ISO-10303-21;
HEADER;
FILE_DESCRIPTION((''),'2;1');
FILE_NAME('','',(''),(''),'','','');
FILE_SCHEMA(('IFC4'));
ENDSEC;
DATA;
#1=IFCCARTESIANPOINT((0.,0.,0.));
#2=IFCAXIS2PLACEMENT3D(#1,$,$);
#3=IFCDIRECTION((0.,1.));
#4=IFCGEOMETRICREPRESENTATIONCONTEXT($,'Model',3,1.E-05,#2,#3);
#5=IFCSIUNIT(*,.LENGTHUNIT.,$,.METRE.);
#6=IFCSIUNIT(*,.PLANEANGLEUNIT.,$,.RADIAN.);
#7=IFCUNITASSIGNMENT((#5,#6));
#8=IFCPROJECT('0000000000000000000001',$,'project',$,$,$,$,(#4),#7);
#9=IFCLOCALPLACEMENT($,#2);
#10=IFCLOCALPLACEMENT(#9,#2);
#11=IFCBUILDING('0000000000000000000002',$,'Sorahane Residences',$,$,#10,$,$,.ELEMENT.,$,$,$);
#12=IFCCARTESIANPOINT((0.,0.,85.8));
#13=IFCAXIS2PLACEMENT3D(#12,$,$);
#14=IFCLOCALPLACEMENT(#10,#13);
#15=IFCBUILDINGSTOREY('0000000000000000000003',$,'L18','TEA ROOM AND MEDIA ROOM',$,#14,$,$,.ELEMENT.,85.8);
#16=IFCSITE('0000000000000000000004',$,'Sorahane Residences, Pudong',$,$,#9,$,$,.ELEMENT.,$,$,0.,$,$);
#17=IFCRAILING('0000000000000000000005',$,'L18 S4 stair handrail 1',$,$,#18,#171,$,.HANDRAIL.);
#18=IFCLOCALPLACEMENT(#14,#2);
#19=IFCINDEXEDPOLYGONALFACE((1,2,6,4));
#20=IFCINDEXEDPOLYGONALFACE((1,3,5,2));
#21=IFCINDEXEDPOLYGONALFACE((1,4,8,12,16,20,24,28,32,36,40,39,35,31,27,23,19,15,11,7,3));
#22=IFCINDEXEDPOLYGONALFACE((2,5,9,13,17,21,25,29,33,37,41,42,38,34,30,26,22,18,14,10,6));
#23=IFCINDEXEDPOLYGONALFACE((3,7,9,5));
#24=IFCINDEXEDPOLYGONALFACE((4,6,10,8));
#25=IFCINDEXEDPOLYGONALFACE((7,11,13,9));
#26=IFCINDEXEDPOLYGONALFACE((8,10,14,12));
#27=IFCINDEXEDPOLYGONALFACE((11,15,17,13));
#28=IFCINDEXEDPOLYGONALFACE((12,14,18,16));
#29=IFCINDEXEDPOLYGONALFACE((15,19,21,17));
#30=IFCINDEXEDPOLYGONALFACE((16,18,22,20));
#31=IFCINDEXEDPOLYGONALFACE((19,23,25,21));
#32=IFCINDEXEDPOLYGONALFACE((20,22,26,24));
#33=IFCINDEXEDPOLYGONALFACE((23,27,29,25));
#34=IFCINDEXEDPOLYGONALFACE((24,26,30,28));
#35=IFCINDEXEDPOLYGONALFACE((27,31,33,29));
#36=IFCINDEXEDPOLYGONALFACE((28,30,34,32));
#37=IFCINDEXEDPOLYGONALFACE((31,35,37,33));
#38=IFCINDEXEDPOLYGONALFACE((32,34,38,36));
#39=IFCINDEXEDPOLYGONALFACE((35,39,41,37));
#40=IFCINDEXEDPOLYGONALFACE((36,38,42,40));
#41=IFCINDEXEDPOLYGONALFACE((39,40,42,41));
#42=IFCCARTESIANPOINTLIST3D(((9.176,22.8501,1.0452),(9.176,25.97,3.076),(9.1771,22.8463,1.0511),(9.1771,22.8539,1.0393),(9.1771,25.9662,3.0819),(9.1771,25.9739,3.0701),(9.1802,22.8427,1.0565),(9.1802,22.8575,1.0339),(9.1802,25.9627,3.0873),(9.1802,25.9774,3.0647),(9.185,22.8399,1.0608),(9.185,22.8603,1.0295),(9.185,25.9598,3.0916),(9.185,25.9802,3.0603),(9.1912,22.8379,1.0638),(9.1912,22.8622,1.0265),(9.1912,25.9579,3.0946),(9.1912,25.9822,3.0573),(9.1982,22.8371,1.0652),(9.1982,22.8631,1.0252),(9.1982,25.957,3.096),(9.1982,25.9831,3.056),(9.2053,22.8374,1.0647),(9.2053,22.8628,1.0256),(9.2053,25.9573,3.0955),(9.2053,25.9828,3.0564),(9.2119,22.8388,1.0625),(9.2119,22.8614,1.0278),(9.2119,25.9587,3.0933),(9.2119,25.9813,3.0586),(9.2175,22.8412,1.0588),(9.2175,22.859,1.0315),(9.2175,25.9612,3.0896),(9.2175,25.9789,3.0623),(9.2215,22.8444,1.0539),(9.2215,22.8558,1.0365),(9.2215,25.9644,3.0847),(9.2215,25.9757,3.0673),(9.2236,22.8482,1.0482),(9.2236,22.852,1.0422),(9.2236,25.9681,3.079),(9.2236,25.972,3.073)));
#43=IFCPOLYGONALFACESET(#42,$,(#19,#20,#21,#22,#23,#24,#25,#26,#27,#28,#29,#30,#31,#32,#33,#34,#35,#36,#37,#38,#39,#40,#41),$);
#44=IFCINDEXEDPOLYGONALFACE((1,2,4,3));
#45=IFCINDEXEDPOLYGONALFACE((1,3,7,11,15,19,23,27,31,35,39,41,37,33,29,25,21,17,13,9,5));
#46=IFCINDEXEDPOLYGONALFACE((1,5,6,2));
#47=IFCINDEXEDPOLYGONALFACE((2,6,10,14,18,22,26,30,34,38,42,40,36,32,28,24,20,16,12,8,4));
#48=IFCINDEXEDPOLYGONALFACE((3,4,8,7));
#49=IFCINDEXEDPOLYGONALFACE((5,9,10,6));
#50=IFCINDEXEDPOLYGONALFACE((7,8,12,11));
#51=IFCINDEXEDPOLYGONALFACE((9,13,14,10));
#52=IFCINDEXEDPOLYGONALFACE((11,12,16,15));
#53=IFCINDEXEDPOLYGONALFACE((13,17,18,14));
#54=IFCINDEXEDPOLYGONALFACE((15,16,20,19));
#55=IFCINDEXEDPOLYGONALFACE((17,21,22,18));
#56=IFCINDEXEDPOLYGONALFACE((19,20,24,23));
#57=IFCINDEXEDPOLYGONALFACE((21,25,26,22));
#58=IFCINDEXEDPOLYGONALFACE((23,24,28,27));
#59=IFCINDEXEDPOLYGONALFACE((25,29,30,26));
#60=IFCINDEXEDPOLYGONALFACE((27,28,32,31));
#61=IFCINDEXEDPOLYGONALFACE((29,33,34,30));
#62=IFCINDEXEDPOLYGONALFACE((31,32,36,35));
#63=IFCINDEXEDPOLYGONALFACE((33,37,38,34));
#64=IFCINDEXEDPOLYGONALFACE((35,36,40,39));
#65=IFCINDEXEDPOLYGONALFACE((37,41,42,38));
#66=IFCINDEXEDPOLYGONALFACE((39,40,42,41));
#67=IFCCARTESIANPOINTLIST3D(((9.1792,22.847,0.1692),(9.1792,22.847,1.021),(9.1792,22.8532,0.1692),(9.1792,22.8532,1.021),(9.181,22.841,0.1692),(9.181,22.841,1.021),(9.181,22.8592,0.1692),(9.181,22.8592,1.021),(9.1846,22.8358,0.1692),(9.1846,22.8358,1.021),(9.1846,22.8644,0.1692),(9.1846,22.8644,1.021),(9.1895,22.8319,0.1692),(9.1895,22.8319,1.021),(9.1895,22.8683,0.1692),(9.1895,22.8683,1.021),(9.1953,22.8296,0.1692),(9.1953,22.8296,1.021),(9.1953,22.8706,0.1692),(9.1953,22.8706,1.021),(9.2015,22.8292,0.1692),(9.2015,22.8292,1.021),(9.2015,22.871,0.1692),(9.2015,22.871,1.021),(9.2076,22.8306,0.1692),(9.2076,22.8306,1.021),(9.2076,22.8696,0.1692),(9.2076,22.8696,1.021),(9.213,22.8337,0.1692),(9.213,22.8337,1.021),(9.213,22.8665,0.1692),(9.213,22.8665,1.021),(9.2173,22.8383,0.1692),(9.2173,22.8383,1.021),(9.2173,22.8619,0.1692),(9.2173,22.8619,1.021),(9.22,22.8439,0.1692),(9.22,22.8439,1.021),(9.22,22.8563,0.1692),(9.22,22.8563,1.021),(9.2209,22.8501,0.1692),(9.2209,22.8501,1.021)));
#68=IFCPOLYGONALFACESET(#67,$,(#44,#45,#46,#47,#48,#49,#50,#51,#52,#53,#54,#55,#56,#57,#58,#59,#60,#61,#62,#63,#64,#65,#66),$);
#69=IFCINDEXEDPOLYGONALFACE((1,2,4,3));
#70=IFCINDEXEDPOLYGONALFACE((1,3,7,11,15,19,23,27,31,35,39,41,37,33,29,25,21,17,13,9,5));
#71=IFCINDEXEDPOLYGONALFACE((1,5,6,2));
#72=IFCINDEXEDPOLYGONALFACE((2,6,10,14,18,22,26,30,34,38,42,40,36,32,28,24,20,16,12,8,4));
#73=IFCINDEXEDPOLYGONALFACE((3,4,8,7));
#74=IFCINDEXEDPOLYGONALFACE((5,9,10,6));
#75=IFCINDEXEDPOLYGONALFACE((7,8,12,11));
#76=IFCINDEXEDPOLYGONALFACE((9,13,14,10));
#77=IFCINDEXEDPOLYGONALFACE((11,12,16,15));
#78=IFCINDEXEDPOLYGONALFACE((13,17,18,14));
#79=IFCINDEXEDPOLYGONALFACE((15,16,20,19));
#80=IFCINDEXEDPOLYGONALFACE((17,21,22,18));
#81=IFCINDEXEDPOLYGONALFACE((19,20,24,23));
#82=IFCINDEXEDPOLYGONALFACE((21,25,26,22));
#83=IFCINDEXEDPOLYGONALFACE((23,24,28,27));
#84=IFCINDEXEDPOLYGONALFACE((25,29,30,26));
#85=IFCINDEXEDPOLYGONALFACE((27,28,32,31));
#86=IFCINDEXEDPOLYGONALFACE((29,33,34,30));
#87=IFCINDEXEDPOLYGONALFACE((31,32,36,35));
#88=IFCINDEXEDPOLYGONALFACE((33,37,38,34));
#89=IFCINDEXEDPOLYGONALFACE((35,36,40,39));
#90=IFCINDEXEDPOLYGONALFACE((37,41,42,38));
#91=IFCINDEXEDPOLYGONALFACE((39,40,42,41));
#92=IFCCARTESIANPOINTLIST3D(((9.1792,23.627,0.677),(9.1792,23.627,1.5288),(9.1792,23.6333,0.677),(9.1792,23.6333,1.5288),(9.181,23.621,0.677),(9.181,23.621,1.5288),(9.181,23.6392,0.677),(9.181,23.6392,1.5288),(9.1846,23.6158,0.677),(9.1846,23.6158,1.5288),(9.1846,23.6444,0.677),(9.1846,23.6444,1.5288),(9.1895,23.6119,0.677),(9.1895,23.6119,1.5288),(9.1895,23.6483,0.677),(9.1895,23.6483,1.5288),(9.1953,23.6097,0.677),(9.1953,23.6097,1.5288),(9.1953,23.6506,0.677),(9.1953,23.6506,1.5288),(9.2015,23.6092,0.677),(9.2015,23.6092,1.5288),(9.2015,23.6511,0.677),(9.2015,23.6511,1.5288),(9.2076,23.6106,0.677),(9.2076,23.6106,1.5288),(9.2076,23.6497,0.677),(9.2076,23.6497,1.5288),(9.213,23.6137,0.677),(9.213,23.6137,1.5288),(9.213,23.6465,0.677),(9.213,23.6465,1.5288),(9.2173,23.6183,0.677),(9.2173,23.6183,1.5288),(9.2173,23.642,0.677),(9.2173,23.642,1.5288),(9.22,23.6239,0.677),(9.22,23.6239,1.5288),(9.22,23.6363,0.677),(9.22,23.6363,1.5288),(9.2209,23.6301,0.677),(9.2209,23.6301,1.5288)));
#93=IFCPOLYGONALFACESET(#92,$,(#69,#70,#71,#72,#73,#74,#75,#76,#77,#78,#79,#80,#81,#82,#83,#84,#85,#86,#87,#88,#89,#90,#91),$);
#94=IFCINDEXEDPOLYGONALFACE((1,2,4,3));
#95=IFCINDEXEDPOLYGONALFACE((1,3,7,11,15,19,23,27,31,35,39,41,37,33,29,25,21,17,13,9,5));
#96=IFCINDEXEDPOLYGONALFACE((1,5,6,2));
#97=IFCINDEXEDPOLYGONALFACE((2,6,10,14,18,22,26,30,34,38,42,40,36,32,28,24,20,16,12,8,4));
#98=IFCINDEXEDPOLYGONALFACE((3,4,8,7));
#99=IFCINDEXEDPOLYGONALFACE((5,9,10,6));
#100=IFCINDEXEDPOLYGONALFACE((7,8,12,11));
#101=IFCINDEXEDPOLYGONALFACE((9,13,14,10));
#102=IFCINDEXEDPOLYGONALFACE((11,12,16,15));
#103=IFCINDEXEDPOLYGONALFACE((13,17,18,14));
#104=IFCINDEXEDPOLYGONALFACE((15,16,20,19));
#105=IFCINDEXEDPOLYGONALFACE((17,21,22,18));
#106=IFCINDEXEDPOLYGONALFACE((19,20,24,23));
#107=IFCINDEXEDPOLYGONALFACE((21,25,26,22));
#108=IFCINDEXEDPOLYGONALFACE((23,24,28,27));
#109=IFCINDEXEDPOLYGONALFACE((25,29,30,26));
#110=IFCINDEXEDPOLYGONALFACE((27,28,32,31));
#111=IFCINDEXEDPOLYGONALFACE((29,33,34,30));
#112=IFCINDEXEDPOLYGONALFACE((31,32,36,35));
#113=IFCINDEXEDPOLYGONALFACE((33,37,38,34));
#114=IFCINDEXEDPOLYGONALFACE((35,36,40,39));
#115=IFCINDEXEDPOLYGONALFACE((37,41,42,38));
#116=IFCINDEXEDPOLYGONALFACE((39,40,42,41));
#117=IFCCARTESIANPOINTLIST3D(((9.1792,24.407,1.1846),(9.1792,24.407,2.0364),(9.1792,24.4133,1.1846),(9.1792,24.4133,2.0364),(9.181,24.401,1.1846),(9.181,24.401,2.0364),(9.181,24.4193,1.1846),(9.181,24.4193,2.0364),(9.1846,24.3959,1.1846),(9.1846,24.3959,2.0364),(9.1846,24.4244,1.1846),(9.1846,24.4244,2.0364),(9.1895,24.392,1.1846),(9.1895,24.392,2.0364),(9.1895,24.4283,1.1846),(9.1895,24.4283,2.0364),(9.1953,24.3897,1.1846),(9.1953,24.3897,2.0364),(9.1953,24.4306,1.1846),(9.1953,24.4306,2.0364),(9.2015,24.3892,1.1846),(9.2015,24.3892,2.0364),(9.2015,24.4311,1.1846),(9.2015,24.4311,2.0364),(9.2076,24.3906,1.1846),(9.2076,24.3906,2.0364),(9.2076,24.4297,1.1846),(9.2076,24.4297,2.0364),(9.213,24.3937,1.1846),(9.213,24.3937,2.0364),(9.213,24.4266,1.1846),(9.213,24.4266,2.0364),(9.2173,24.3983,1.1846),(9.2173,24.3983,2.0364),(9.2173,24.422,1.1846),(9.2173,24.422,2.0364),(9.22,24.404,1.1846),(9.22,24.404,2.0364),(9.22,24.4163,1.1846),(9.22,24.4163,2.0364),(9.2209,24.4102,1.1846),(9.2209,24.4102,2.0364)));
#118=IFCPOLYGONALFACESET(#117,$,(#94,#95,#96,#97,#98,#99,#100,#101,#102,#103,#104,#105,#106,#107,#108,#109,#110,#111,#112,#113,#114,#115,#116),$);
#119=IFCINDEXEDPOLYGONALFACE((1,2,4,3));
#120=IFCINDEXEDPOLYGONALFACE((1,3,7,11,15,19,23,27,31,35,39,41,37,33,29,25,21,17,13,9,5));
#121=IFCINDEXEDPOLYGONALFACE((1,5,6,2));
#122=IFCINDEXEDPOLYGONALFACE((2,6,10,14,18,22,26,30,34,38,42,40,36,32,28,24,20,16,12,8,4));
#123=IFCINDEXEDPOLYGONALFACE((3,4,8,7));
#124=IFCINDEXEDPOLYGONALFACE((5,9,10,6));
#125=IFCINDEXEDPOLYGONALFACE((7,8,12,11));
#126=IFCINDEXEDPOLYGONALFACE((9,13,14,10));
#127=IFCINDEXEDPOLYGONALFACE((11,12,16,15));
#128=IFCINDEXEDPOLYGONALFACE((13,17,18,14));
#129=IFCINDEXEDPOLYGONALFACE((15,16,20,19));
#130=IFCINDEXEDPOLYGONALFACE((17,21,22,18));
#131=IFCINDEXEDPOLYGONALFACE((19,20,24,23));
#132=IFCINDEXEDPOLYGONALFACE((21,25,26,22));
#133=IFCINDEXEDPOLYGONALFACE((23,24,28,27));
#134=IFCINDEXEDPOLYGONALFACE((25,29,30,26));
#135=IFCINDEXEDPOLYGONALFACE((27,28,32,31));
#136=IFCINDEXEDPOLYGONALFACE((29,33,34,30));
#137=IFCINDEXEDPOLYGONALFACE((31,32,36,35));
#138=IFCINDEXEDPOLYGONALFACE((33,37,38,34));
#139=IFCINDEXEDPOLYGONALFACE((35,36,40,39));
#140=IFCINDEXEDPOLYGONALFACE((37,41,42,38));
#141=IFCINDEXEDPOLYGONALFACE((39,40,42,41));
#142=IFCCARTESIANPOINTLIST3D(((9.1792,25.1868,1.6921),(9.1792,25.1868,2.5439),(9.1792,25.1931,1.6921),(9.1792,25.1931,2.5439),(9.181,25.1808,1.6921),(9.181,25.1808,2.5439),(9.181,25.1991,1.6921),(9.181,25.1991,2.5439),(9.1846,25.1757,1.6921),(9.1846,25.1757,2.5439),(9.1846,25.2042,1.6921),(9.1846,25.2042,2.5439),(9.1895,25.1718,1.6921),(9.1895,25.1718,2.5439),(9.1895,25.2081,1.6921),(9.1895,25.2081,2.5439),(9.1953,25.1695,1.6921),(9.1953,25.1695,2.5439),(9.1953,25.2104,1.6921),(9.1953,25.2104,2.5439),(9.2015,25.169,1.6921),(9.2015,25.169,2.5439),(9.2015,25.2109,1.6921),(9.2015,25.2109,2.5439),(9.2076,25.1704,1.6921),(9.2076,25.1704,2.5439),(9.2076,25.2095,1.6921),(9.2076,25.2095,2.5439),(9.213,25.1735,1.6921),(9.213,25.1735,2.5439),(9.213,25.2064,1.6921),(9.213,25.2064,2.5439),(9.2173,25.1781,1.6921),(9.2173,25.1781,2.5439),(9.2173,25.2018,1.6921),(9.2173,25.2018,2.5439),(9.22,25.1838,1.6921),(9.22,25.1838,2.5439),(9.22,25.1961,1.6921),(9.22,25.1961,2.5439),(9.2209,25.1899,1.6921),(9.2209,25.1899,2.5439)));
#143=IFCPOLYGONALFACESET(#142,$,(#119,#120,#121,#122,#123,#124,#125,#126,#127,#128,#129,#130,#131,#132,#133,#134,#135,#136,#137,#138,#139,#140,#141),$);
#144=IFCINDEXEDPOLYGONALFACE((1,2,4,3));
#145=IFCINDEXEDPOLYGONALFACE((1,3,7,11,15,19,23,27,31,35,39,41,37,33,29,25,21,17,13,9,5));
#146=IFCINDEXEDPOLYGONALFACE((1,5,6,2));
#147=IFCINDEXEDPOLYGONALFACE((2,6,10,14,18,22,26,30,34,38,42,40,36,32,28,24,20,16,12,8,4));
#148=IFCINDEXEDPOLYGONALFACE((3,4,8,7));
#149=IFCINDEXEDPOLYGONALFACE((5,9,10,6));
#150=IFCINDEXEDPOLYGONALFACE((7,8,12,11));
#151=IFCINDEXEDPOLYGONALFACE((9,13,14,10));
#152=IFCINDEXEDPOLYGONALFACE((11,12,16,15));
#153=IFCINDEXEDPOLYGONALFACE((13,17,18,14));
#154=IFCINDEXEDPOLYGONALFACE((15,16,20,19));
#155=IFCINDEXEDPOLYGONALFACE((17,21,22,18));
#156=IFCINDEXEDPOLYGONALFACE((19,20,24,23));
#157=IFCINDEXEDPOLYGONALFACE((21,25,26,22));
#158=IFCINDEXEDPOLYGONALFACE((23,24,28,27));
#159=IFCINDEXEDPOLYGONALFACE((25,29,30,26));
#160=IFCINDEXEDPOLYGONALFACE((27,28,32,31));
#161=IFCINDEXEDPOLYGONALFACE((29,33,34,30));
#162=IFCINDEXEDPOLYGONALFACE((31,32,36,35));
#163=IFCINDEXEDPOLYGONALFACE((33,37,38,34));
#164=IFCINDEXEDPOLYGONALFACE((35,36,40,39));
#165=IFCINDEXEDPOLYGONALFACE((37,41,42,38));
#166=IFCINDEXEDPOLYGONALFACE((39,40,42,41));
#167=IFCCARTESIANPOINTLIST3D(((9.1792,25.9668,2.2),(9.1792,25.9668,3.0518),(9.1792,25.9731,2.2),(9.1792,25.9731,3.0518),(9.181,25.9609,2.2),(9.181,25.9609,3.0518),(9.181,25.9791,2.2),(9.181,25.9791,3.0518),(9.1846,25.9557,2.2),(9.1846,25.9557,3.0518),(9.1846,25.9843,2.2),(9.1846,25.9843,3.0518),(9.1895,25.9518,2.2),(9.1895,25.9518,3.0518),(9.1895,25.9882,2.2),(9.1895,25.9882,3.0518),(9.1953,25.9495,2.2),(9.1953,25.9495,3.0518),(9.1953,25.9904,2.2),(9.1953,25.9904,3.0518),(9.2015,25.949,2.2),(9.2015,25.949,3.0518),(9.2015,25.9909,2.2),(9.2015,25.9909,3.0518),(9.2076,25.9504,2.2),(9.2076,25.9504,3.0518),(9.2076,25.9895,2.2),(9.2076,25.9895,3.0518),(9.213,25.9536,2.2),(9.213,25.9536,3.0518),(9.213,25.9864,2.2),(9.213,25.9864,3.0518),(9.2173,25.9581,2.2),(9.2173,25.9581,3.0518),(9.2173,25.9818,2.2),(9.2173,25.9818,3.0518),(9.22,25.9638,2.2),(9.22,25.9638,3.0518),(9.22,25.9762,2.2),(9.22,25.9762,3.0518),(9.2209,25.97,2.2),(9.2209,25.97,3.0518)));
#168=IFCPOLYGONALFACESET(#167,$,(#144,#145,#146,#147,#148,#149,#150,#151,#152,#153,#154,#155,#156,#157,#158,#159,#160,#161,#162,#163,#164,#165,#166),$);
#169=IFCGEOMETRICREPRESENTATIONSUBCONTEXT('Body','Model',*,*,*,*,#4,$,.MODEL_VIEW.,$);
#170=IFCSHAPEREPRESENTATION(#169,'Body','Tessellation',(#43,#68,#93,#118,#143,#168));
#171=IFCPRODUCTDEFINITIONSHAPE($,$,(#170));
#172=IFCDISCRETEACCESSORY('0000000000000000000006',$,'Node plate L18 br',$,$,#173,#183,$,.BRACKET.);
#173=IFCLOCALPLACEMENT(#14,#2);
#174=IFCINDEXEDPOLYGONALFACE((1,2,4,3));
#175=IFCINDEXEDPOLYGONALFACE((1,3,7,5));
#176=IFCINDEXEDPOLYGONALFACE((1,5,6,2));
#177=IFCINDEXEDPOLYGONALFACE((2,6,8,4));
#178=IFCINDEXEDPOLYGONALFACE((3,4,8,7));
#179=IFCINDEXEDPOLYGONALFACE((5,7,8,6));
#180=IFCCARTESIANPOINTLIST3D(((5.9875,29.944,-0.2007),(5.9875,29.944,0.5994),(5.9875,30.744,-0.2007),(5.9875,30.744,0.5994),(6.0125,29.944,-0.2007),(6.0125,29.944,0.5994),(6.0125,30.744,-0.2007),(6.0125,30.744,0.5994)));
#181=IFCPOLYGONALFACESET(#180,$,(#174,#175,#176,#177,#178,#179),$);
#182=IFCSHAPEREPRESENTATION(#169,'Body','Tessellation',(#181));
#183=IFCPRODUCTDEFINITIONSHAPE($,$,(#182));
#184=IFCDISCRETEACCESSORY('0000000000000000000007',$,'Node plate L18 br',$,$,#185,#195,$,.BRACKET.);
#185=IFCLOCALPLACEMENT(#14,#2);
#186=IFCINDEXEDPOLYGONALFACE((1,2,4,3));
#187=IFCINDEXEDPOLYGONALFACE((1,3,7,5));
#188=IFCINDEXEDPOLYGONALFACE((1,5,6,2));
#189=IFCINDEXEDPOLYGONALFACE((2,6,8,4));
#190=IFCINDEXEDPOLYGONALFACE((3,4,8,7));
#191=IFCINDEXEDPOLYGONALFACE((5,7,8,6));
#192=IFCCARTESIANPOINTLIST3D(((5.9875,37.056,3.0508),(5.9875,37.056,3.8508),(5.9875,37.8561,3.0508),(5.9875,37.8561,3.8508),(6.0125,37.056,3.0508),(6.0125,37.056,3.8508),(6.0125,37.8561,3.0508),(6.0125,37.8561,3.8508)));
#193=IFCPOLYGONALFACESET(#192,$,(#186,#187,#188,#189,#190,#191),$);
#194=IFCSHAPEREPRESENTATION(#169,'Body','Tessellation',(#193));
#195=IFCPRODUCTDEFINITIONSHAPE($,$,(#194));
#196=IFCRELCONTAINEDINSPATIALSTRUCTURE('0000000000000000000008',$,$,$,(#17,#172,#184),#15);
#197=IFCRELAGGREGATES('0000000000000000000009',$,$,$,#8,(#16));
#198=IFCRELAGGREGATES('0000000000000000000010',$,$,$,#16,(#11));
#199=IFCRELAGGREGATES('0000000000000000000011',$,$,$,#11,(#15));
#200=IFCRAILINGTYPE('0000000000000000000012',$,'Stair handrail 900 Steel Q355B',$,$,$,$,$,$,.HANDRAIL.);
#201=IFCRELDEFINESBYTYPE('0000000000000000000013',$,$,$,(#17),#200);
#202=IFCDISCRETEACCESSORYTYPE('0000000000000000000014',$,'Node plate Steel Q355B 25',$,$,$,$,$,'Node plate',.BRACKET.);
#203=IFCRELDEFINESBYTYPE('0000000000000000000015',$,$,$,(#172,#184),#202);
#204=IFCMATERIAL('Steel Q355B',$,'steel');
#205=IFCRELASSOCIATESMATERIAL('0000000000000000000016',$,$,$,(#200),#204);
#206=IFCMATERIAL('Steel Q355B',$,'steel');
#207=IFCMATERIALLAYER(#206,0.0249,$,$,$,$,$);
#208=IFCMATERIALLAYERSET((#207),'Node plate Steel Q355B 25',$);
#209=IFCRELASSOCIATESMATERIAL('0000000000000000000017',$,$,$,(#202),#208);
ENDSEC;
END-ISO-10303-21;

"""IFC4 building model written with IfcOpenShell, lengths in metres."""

from ifc_helpers import new_model, si_unit, direction, frame, origin, origin_2d, place, context, subcontext, project, spatial, rectangle, circle, extrude, material, layer, layer_set, type_object, element, save


model = new_model("IFC4")

# Units and contexts
model_context = context("Model", 3, precision=1e-05, world=origin(), true_north=direction((0.0, 1.0)))
body_context = subcontext(model_context, "Body", "Model", "MODEL_VIEW")
ifc_project = project(units=[si_unit("LENGTHUNIT", "METRE"), si_unit("PLANEANGLEUNIT", "RADIAN")], contexts=[model_context])

# Site, building, storey
site_placement = place(None, origin())
site = spatial("IfcSite", under=ifc_project, at=site_placement, Name="Sorahane Residences, Pudong", CompositionType="ELEMENT", RefElevation=0.0)
building_placement = place(site_placement, origin())
building = spatial("IfcBuilding", under=site, at=building_placement, Name="Sorahane Residences", CompositionType="ELEMENT")
storey_placement = place(building_placement, frame((0.0, 0.0, 85.8)))
storey = spatial("IfcBuildingStorey", under=building, at=storey_placement, Name="L18", Description="TEA ROOM AND MEDIA ROOM", CompositionType="ELEMENT", Elevation=85.8)

# Railing
ifc_material_1 = material(Name="Steel Q355B", Category="steel")
railing_type_1 = type_object("IfcRailingType", Name="Stair handrail 900 Steel Q355B", PredefinedType="HANDRAIL", material=ifc_material_1)
railing_1_placement = place(storey_placement, frame((9.2, 22.8501, 0.1692)))
element("IfcRailing", 1, at=railing_1_placement, inside=storey, type_object=railing_type_1, Name="L18 S4 stair handrail 1", PredefinedType="HANDRAIL", context=body_context, shape_type="SweptSolid", body=[
    extrude(circle(Radius=0.0239, at=origin_2d()), frame((0.0, 0.0, 0.876), z_axis=(0.0, 0.838094, 0.545525), x_axis=(-1.0, 0.0, 0.0)), (0.0, 0.0, 1.0), 3.7227),
    extrude(circle(Radius=0.021, at=origin_2d()), origin(), (0.0, 0.0, 1.0), 0.8518),
    extrude(circle(Radius=0.021, at=origin_2d()), frame((0.0, 0.78, 0.5078)), (0.0, 0.0, 1.0), 0.8518),
    extrude(circle(Radius=0.021, at=origin_2d()), frame((0.0, 1.5601, 1.0154)), (0.0, 0.0, 1.0), 0.8518),
    extrude(circle(Radius=0.021, at=origin_2d()), frame((0.0, 2.3398, 1.5229)), (0.0, 0.0, 1.0), 0.8518),
    extrude(circle(Radius=0.021, at=origin_2d()), frame((0.0, 3.1199, 2.0308)), (0.0, 0.0, 1.0), 0.8518),
])

# Discrete accessories
ifc_material_2 = material(Name="Steel Q355B", Category="steel")
ifc_layer_1 = layer(ifc_material_2, 0.0249)
ifc_layer_set_1 = layer_set([ifc_layer_1], Name="Node plate Steel Q355B 25")
discrete_accessory_type = type_object("IfcDiscreteAccessoryType", Name="Node plate Steel Q355B 25", ElementType="Node plate", PredefinedType="BRACKET", material=ifc_layer_set_1)
for number, where, z_axis, x_axis, name in (
    (2, (6.0, 30.344, -0.2007), (0.0, 0.0, 1.0), (0.0, 1.0, 0.0), "Node plate L18 br"),
    (3, (6.0, 37.4561, 3.0508), (0.0, 0.0, 1.0), (0.0, 1.0, 0.0), "Node plate L18 br"),
):
    element("IfcDiscreteAccessory", number, at=place(storey_placement, frame(where, z_axis=z_axis, x_axis=x_axis)), inside=storey, type_object=discrete_accessory_type, Name=name, PredefinedType="BRACKET", context=body_context, shape_type="SweptSolid", body=[
        extrude(rectangle(XDim=0.8, YDim=0.0249, at=origin_2d()), origin(), (0.0, 0.0, 1.0), 0.8),
    ])

save(model, "model.ifc")
